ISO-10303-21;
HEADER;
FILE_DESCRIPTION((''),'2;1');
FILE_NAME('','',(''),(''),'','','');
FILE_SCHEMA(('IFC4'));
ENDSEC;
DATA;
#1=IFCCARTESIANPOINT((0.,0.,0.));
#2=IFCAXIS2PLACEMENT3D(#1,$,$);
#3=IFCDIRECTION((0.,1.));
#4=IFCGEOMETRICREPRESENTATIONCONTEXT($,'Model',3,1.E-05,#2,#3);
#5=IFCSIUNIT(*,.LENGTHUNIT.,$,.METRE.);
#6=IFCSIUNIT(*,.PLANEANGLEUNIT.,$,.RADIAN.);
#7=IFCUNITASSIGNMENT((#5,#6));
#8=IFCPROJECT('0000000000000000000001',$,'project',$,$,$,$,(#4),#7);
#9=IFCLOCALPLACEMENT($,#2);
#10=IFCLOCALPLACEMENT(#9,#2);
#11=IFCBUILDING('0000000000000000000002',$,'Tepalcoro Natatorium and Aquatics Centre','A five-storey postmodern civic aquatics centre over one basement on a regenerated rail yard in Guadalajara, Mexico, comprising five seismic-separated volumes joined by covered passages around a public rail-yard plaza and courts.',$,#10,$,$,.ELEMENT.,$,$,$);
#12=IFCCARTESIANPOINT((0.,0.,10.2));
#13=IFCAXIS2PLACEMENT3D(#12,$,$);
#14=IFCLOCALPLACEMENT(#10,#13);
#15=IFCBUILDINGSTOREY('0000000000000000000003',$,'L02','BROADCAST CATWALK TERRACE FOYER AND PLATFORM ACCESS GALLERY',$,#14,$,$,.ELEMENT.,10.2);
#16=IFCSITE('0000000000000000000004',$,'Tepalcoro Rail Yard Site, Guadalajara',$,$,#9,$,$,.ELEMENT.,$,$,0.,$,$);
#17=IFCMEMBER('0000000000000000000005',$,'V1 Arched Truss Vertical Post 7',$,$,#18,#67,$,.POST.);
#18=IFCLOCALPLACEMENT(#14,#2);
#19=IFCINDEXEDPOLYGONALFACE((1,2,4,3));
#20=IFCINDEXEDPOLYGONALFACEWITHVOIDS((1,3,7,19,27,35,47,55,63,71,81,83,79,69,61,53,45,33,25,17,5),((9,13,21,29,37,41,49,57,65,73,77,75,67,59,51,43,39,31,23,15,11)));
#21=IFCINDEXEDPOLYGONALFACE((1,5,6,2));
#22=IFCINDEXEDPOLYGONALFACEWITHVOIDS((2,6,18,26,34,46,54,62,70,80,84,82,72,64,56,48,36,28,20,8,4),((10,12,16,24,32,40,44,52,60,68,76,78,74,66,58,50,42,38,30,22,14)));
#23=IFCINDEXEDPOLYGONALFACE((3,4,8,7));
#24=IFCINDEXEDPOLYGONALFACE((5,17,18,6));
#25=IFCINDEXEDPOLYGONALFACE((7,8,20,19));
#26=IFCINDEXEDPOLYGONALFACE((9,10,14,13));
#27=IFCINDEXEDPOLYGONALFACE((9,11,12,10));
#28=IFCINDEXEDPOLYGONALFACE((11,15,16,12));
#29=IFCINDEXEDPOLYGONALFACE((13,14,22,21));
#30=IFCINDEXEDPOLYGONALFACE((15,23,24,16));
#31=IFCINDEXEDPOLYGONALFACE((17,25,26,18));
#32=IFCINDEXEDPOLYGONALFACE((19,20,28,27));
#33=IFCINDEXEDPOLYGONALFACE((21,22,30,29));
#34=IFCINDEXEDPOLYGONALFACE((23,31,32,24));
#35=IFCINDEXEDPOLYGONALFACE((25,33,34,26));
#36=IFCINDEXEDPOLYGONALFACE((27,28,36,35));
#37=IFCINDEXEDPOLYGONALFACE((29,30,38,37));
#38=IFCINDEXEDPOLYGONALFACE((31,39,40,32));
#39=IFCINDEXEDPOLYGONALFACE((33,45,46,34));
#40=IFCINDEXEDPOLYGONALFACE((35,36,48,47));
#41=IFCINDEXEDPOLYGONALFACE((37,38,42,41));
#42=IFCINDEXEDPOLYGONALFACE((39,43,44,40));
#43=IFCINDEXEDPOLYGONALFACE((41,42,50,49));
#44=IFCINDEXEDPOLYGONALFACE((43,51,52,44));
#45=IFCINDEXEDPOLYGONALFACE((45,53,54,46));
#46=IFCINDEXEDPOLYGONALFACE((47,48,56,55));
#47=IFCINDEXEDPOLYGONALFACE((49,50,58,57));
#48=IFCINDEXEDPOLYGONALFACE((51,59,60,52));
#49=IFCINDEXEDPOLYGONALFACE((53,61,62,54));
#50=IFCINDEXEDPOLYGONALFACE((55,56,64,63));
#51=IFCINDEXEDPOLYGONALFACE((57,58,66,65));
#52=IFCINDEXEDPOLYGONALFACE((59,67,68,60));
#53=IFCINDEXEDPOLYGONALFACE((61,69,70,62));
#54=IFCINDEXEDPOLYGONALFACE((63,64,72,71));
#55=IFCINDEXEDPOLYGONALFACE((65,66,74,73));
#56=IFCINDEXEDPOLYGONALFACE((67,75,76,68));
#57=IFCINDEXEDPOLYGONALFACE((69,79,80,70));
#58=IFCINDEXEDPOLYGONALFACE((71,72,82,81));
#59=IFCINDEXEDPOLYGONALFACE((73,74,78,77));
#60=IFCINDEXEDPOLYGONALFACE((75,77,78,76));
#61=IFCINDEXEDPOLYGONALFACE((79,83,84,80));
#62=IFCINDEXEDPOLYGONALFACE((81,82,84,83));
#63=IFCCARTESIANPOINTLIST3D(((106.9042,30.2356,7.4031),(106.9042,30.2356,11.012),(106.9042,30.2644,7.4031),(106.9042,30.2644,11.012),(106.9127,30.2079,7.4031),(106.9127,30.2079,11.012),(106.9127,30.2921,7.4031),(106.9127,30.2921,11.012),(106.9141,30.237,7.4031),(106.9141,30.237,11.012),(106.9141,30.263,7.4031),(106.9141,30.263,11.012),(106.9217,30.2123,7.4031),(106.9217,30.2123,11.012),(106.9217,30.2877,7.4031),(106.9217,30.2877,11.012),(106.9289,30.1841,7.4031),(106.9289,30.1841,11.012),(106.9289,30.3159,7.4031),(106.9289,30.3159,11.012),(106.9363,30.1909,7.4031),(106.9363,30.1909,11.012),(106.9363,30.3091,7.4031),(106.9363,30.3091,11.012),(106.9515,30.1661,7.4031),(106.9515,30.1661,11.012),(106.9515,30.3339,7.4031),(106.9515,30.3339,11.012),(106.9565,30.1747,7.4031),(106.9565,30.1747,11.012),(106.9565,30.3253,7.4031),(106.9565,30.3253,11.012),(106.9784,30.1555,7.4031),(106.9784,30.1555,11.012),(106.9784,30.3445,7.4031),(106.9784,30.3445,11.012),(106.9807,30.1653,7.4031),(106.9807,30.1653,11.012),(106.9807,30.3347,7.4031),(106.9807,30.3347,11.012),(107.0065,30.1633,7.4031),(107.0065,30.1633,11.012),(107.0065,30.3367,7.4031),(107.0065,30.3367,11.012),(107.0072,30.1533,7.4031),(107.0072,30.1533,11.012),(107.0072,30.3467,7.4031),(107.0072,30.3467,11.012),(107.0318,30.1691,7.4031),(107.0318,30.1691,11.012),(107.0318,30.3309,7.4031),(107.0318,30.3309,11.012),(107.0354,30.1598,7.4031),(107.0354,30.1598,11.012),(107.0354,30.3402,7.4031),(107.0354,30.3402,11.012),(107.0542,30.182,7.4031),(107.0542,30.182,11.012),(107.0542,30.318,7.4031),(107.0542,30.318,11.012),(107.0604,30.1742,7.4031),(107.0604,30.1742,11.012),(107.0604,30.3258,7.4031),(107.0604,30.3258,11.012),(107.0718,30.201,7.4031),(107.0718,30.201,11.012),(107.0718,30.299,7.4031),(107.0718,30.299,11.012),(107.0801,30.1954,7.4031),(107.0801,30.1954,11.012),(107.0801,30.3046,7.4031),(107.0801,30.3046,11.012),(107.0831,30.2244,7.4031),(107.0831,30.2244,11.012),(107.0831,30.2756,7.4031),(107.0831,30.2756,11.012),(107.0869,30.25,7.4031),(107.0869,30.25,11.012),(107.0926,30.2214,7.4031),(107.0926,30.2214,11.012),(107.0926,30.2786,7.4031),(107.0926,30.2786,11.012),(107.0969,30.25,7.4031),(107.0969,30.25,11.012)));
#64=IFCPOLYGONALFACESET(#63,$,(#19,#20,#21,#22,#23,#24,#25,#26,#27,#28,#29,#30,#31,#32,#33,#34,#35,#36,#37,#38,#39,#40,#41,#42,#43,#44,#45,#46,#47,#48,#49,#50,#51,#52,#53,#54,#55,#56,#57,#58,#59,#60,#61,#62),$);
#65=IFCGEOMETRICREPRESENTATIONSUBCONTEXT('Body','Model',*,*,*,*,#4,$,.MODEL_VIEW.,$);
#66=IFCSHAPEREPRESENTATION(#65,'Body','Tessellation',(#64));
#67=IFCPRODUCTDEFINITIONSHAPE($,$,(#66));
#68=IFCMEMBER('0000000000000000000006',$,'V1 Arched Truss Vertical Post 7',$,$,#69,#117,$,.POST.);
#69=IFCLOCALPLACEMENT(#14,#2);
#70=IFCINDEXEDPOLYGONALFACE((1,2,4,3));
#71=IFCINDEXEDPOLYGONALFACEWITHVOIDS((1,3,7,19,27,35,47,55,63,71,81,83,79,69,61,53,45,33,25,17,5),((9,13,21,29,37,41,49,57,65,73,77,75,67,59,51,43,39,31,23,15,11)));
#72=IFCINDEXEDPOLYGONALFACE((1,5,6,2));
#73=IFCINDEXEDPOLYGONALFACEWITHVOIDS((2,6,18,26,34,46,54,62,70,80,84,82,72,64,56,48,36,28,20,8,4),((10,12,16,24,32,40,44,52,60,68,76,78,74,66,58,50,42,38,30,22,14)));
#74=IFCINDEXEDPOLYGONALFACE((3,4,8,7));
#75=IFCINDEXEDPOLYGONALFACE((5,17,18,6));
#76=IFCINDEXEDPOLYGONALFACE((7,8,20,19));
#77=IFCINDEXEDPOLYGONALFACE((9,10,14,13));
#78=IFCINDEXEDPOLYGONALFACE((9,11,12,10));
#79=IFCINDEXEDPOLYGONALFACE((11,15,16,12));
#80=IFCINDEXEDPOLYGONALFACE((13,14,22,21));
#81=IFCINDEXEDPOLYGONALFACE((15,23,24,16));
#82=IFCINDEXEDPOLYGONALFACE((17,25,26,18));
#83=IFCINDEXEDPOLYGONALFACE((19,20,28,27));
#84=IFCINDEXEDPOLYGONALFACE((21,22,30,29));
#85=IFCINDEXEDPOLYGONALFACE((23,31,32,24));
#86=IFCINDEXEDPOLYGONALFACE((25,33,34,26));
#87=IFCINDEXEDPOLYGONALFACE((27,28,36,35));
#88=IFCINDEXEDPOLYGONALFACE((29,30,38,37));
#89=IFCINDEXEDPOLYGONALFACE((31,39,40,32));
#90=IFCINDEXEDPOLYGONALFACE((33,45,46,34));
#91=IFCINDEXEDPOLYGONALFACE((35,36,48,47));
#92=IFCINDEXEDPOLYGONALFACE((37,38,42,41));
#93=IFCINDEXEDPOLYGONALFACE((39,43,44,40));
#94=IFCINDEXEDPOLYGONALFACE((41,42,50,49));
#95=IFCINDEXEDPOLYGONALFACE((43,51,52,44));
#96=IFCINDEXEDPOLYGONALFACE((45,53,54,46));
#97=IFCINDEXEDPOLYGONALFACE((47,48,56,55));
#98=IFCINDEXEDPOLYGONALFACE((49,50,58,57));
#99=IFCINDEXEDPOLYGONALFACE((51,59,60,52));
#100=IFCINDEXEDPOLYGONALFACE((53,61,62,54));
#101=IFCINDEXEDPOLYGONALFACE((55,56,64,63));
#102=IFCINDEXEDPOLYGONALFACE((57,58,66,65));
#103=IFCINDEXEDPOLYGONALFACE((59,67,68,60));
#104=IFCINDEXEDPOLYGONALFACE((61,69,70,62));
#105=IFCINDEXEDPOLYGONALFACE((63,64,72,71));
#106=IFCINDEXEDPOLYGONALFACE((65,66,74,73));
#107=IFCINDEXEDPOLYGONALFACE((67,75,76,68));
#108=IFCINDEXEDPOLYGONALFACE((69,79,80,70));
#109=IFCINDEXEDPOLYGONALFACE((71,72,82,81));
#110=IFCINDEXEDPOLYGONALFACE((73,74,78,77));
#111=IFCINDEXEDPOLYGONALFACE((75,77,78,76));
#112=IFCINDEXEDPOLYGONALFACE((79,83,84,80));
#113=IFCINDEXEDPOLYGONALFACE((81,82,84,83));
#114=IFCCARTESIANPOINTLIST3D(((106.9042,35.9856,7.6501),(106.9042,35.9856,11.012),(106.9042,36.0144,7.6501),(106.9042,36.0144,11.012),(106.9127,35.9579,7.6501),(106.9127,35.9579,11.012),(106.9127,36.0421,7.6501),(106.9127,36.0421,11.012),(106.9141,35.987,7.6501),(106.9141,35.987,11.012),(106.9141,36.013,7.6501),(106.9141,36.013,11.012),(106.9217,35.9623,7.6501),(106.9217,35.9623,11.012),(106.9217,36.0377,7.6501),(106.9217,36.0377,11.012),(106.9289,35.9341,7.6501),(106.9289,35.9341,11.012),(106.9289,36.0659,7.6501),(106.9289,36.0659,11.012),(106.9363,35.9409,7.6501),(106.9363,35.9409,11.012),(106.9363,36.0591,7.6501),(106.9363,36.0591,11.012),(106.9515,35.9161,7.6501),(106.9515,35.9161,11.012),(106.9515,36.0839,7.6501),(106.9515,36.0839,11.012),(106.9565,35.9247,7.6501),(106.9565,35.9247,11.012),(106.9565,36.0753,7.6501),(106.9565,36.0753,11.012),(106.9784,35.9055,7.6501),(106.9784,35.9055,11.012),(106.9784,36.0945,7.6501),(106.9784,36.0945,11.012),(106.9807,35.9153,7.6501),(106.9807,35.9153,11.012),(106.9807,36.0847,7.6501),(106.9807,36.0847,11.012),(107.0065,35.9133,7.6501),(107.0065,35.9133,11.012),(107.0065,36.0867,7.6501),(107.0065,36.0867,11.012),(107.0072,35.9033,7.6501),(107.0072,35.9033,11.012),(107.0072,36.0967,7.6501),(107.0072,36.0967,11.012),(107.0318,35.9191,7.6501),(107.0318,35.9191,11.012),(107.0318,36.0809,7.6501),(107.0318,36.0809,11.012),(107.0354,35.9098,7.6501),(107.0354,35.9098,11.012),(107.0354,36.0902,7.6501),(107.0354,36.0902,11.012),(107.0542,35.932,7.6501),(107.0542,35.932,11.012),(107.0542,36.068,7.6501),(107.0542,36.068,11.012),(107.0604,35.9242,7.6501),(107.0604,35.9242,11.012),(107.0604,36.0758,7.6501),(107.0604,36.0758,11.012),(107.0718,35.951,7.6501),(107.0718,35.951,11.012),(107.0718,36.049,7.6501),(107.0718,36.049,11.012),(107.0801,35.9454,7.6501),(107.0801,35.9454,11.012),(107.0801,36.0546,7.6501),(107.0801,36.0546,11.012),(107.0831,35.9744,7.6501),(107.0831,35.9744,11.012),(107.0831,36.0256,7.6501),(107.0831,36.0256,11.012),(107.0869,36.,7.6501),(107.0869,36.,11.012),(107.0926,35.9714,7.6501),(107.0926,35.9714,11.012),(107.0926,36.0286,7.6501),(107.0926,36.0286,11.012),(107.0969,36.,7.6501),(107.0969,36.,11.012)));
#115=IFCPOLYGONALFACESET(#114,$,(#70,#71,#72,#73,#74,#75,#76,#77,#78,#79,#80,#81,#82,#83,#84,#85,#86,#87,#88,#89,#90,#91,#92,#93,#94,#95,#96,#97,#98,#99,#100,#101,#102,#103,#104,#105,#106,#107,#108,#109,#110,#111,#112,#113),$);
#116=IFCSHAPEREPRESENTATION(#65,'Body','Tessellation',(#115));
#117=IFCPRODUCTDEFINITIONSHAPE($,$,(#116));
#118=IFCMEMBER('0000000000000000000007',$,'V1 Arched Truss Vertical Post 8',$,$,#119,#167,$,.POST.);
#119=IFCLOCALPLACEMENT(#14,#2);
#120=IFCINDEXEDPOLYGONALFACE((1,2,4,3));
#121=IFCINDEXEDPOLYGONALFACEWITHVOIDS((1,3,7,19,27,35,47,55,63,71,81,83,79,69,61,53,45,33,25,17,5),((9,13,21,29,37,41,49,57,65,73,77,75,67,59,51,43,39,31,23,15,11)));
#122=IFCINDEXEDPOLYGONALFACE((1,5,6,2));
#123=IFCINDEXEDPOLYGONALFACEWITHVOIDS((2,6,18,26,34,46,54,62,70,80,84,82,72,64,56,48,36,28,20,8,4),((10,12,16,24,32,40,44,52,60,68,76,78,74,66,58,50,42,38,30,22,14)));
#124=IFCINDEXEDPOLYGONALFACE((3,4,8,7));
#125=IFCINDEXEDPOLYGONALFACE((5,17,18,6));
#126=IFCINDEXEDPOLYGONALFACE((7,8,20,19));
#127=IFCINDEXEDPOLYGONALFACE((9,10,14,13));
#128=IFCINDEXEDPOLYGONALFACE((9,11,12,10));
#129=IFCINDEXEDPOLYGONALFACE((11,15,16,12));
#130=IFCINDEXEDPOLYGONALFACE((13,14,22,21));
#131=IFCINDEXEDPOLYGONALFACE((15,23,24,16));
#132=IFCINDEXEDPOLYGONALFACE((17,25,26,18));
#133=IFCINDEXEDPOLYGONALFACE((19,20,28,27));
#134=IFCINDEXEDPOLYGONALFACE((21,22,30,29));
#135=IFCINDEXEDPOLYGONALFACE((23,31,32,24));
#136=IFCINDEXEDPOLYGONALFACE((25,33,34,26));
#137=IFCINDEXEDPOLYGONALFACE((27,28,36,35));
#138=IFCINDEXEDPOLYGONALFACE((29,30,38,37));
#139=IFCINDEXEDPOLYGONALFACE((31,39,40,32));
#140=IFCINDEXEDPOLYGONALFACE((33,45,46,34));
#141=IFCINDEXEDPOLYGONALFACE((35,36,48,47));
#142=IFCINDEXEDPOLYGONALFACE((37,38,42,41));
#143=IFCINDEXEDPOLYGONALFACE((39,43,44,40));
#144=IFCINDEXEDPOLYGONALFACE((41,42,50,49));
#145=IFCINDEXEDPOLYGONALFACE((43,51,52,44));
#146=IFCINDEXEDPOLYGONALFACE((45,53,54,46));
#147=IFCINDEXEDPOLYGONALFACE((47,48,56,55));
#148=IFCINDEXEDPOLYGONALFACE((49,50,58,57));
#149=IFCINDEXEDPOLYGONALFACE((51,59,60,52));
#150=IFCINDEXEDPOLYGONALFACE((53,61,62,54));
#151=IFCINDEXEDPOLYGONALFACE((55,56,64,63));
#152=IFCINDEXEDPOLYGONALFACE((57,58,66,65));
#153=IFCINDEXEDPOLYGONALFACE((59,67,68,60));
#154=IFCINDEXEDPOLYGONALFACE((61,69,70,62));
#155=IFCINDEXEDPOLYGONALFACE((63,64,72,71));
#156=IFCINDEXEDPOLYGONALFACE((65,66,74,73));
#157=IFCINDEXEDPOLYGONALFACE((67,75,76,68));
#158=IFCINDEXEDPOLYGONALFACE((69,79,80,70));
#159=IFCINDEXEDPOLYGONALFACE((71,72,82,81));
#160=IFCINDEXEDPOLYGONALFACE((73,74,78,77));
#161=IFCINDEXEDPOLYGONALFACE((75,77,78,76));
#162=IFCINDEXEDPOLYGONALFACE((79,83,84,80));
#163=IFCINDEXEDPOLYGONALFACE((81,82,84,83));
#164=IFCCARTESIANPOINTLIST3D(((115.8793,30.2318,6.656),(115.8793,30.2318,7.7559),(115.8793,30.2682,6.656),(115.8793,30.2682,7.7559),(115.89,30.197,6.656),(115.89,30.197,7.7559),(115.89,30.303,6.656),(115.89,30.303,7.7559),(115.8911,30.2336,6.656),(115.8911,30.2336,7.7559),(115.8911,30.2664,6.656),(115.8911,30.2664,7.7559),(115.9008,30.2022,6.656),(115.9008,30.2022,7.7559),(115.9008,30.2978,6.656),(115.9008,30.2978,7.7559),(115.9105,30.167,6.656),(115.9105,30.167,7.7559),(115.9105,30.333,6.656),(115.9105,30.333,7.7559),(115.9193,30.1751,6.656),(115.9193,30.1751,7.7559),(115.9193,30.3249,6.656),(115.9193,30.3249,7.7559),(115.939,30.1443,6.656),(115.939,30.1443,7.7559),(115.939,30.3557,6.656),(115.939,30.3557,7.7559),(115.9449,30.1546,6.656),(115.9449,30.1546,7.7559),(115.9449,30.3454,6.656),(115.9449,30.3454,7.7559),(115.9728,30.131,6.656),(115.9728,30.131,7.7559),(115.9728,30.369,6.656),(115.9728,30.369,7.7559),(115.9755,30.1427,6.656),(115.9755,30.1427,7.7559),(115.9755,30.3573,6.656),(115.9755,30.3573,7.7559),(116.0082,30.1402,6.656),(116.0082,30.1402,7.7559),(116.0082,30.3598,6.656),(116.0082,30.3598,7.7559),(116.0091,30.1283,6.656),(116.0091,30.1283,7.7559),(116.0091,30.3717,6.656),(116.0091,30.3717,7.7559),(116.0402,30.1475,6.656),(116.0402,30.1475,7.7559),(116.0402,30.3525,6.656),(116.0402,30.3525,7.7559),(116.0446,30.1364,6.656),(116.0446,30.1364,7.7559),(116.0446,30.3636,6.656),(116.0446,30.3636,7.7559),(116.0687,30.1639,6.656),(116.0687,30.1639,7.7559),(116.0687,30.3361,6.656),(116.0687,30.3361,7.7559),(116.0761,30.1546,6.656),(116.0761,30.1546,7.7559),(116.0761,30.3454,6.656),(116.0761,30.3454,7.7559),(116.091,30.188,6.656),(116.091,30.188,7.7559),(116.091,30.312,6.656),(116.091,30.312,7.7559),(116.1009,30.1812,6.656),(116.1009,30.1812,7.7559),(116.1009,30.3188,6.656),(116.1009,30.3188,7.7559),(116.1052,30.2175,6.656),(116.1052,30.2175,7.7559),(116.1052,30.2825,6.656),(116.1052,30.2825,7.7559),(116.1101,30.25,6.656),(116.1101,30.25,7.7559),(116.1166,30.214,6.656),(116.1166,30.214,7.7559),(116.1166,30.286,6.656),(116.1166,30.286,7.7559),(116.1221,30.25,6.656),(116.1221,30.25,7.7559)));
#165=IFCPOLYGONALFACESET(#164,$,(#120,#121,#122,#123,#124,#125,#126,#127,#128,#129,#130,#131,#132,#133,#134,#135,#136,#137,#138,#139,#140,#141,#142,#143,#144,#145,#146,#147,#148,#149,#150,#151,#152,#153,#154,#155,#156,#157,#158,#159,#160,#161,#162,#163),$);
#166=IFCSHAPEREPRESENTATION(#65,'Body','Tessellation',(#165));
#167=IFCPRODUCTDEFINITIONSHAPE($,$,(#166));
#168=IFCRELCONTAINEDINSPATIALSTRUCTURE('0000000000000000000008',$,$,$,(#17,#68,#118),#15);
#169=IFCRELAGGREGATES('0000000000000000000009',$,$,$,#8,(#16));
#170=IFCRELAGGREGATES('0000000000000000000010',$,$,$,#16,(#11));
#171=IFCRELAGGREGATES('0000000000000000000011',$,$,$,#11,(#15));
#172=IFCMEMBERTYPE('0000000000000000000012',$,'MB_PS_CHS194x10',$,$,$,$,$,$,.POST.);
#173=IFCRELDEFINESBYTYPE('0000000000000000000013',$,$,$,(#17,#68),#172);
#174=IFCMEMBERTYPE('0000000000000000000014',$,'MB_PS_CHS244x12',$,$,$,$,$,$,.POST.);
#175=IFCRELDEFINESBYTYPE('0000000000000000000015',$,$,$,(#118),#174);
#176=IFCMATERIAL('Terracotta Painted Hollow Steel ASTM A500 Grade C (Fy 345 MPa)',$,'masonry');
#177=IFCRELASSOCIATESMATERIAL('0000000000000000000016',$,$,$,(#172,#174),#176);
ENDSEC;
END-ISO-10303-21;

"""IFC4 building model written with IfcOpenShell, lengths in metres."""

from ifc_helpers import new_model, si_unit, direction, frame, origin, origin_2d, place, context, subcontext, project, spatial, hollow_circle, extrude, material, material_profile, profile_set, type_object, element, save


model = new_model("IFC4")

# Units and contexts
model_context = context("Model", 3, precision=1e-05, world=origin(), true_north=direction((0.0, 1.0)))
body_context = subcontext(model_context, "Body", "Model", "MODEL_VIEW")
ifc_project = project(units=[si_unit("LENGTHUNIT", "METRE"), si_unit("PLANEANGLEUNIT", "RADIAN")], contexts=[model_context])

# Site, building, storey
site_placement = place(None, origin())
site = spatial("IfcSite", under=ifc_project, at=site_placement, Name="Tepalcoro Rail Yard Site, Guadalajara", CompositionType="ELEMENT", RefElevation=0.0)
building_placement = place(site_placement, origin())
building = spatial("IfcBuilding", under=site, at=building_placement, Name="Tepalcoro Natatorium and Aquatics Centre", Description="A five-storey postmodern civic aquatics centre over one basement on a regenerated rail yard in Guadalajara, Mexico, comprising five seismic-separated volumes joined by covered passages around a public rail-yard plaza and courts.", CompositionType="ELEMENT")
storey_placement = place(building_placement, frame((0.0, 0.0, 10.2)))
storey = spatial("IfcBuildingStorey", under=building, at=storey_placement, Name="L02", Description="BROADCAST CATWALK TERRACE FOYER AND PLATFORM ACCESS GALLERY", CompositionType="ELEMENT", Elevation=10.2)

# Shared definitions
ifc_material_1 = material(Name="Terracotta Painted Hollow Steel ASTM A500 Grade C (Fy 345 MPa)", Category="masonry")

# Members
ifc_material_profile_1 = material_profile(ifc_material_1, hollow_circle(Radius=0.0969, WallThickness=0.01, at=origin_2d()), Name="CHS194X10")
ifc_profile_set_1 = profile_set([ifc_material_profile_1], Name="Terracotta Painted Hollow Steel ASTM A500 Grade C (Fy 345 MPa)")
member_type_1 = type_object("IfcMemberType", Name="MB_PS_CHS194x10", PredefinedType="POST", material=ifc_profile_set_1)
member_1_placement = place(storey_placement, frame((107.0, 30.25, 7.4031), z_axis=(0.0, 0.0, 1.0), x_axis=(1.0, 0.0, 0.0)))
element("IfcMember", 1, at=member_1_placement, inside=storey, type_object=member_type_1, Name="V1 Arched Truss Vertical Post 7", PredefinedType="POST", context=body_context, shape_type="SweptSolid", body=[
    extrude(hollow_circle(Radius=0.0969, WallThickness=0.01, at=origin_2d()), origin(), (0.0, 0.0, 1.0), 3.6089),
])
member_2_placement = place(storey_placement, frame((107.0, 36.0, 7.6501), z_axis=(0.0, 0.0, 1.0), x_axis=(1.0, 0.0, 0.0)))
element("IfcMember", 2, at=member_2_placement, inside=storey, type_object=member_type_1, Name="V1 Arched Truss Vertical Post 7", PredefinedType="POST", context=body_context, shape_type="SweptSolid", body=[
    extrude(hollow_circle(Radius=0.0969, WallThickness=0.01, at=origin_2d()), origin(), (0.0, 0.0, 1.0), 3.3618),
])
ifc_material_profile_2 = material_profile(ifc_material_1, hollow_circle(Radius=0.1221, WallThickness=0.012, at=origin_2d()), Name="CHS244X12")
ifc_profile_set_2 = profile_set([ifc_material_profile_2], Name="Terracotta Painted Hollow Steel ASTM A500 Grade C (Fy 345 MPa)")
member_type_2 = type_object("IfcMemberType", Name="MB_PS_CHS244x12", PredefinedType="POST", material=ifc_profile_set_2)
for number, where, z_axis, x_axis, name in (
    (3, (116.0, 30.25, 6.656), (0.0, 0.0, 1.0), (1.0, 0.0, 0.0), "V1 Arched Truss Vertical Post 8"),
):
    element("IfcMember", number, at=place(storey_placement, frame(where, z_axis=z_axis, x_axis=x_axis)), inside=storey, type_object=member_type_2, Name=name, PredefinedType="POST", context=body_context, shape_type="SweptSolid", body=[
        extrude(hollow_circle(Radius=0.1221, WallThickness=0.012, at=origin_2d()), origin(), (0.0, 0.0, 1.0), 1.0999),
    ])

save(model, "model.ifc")
